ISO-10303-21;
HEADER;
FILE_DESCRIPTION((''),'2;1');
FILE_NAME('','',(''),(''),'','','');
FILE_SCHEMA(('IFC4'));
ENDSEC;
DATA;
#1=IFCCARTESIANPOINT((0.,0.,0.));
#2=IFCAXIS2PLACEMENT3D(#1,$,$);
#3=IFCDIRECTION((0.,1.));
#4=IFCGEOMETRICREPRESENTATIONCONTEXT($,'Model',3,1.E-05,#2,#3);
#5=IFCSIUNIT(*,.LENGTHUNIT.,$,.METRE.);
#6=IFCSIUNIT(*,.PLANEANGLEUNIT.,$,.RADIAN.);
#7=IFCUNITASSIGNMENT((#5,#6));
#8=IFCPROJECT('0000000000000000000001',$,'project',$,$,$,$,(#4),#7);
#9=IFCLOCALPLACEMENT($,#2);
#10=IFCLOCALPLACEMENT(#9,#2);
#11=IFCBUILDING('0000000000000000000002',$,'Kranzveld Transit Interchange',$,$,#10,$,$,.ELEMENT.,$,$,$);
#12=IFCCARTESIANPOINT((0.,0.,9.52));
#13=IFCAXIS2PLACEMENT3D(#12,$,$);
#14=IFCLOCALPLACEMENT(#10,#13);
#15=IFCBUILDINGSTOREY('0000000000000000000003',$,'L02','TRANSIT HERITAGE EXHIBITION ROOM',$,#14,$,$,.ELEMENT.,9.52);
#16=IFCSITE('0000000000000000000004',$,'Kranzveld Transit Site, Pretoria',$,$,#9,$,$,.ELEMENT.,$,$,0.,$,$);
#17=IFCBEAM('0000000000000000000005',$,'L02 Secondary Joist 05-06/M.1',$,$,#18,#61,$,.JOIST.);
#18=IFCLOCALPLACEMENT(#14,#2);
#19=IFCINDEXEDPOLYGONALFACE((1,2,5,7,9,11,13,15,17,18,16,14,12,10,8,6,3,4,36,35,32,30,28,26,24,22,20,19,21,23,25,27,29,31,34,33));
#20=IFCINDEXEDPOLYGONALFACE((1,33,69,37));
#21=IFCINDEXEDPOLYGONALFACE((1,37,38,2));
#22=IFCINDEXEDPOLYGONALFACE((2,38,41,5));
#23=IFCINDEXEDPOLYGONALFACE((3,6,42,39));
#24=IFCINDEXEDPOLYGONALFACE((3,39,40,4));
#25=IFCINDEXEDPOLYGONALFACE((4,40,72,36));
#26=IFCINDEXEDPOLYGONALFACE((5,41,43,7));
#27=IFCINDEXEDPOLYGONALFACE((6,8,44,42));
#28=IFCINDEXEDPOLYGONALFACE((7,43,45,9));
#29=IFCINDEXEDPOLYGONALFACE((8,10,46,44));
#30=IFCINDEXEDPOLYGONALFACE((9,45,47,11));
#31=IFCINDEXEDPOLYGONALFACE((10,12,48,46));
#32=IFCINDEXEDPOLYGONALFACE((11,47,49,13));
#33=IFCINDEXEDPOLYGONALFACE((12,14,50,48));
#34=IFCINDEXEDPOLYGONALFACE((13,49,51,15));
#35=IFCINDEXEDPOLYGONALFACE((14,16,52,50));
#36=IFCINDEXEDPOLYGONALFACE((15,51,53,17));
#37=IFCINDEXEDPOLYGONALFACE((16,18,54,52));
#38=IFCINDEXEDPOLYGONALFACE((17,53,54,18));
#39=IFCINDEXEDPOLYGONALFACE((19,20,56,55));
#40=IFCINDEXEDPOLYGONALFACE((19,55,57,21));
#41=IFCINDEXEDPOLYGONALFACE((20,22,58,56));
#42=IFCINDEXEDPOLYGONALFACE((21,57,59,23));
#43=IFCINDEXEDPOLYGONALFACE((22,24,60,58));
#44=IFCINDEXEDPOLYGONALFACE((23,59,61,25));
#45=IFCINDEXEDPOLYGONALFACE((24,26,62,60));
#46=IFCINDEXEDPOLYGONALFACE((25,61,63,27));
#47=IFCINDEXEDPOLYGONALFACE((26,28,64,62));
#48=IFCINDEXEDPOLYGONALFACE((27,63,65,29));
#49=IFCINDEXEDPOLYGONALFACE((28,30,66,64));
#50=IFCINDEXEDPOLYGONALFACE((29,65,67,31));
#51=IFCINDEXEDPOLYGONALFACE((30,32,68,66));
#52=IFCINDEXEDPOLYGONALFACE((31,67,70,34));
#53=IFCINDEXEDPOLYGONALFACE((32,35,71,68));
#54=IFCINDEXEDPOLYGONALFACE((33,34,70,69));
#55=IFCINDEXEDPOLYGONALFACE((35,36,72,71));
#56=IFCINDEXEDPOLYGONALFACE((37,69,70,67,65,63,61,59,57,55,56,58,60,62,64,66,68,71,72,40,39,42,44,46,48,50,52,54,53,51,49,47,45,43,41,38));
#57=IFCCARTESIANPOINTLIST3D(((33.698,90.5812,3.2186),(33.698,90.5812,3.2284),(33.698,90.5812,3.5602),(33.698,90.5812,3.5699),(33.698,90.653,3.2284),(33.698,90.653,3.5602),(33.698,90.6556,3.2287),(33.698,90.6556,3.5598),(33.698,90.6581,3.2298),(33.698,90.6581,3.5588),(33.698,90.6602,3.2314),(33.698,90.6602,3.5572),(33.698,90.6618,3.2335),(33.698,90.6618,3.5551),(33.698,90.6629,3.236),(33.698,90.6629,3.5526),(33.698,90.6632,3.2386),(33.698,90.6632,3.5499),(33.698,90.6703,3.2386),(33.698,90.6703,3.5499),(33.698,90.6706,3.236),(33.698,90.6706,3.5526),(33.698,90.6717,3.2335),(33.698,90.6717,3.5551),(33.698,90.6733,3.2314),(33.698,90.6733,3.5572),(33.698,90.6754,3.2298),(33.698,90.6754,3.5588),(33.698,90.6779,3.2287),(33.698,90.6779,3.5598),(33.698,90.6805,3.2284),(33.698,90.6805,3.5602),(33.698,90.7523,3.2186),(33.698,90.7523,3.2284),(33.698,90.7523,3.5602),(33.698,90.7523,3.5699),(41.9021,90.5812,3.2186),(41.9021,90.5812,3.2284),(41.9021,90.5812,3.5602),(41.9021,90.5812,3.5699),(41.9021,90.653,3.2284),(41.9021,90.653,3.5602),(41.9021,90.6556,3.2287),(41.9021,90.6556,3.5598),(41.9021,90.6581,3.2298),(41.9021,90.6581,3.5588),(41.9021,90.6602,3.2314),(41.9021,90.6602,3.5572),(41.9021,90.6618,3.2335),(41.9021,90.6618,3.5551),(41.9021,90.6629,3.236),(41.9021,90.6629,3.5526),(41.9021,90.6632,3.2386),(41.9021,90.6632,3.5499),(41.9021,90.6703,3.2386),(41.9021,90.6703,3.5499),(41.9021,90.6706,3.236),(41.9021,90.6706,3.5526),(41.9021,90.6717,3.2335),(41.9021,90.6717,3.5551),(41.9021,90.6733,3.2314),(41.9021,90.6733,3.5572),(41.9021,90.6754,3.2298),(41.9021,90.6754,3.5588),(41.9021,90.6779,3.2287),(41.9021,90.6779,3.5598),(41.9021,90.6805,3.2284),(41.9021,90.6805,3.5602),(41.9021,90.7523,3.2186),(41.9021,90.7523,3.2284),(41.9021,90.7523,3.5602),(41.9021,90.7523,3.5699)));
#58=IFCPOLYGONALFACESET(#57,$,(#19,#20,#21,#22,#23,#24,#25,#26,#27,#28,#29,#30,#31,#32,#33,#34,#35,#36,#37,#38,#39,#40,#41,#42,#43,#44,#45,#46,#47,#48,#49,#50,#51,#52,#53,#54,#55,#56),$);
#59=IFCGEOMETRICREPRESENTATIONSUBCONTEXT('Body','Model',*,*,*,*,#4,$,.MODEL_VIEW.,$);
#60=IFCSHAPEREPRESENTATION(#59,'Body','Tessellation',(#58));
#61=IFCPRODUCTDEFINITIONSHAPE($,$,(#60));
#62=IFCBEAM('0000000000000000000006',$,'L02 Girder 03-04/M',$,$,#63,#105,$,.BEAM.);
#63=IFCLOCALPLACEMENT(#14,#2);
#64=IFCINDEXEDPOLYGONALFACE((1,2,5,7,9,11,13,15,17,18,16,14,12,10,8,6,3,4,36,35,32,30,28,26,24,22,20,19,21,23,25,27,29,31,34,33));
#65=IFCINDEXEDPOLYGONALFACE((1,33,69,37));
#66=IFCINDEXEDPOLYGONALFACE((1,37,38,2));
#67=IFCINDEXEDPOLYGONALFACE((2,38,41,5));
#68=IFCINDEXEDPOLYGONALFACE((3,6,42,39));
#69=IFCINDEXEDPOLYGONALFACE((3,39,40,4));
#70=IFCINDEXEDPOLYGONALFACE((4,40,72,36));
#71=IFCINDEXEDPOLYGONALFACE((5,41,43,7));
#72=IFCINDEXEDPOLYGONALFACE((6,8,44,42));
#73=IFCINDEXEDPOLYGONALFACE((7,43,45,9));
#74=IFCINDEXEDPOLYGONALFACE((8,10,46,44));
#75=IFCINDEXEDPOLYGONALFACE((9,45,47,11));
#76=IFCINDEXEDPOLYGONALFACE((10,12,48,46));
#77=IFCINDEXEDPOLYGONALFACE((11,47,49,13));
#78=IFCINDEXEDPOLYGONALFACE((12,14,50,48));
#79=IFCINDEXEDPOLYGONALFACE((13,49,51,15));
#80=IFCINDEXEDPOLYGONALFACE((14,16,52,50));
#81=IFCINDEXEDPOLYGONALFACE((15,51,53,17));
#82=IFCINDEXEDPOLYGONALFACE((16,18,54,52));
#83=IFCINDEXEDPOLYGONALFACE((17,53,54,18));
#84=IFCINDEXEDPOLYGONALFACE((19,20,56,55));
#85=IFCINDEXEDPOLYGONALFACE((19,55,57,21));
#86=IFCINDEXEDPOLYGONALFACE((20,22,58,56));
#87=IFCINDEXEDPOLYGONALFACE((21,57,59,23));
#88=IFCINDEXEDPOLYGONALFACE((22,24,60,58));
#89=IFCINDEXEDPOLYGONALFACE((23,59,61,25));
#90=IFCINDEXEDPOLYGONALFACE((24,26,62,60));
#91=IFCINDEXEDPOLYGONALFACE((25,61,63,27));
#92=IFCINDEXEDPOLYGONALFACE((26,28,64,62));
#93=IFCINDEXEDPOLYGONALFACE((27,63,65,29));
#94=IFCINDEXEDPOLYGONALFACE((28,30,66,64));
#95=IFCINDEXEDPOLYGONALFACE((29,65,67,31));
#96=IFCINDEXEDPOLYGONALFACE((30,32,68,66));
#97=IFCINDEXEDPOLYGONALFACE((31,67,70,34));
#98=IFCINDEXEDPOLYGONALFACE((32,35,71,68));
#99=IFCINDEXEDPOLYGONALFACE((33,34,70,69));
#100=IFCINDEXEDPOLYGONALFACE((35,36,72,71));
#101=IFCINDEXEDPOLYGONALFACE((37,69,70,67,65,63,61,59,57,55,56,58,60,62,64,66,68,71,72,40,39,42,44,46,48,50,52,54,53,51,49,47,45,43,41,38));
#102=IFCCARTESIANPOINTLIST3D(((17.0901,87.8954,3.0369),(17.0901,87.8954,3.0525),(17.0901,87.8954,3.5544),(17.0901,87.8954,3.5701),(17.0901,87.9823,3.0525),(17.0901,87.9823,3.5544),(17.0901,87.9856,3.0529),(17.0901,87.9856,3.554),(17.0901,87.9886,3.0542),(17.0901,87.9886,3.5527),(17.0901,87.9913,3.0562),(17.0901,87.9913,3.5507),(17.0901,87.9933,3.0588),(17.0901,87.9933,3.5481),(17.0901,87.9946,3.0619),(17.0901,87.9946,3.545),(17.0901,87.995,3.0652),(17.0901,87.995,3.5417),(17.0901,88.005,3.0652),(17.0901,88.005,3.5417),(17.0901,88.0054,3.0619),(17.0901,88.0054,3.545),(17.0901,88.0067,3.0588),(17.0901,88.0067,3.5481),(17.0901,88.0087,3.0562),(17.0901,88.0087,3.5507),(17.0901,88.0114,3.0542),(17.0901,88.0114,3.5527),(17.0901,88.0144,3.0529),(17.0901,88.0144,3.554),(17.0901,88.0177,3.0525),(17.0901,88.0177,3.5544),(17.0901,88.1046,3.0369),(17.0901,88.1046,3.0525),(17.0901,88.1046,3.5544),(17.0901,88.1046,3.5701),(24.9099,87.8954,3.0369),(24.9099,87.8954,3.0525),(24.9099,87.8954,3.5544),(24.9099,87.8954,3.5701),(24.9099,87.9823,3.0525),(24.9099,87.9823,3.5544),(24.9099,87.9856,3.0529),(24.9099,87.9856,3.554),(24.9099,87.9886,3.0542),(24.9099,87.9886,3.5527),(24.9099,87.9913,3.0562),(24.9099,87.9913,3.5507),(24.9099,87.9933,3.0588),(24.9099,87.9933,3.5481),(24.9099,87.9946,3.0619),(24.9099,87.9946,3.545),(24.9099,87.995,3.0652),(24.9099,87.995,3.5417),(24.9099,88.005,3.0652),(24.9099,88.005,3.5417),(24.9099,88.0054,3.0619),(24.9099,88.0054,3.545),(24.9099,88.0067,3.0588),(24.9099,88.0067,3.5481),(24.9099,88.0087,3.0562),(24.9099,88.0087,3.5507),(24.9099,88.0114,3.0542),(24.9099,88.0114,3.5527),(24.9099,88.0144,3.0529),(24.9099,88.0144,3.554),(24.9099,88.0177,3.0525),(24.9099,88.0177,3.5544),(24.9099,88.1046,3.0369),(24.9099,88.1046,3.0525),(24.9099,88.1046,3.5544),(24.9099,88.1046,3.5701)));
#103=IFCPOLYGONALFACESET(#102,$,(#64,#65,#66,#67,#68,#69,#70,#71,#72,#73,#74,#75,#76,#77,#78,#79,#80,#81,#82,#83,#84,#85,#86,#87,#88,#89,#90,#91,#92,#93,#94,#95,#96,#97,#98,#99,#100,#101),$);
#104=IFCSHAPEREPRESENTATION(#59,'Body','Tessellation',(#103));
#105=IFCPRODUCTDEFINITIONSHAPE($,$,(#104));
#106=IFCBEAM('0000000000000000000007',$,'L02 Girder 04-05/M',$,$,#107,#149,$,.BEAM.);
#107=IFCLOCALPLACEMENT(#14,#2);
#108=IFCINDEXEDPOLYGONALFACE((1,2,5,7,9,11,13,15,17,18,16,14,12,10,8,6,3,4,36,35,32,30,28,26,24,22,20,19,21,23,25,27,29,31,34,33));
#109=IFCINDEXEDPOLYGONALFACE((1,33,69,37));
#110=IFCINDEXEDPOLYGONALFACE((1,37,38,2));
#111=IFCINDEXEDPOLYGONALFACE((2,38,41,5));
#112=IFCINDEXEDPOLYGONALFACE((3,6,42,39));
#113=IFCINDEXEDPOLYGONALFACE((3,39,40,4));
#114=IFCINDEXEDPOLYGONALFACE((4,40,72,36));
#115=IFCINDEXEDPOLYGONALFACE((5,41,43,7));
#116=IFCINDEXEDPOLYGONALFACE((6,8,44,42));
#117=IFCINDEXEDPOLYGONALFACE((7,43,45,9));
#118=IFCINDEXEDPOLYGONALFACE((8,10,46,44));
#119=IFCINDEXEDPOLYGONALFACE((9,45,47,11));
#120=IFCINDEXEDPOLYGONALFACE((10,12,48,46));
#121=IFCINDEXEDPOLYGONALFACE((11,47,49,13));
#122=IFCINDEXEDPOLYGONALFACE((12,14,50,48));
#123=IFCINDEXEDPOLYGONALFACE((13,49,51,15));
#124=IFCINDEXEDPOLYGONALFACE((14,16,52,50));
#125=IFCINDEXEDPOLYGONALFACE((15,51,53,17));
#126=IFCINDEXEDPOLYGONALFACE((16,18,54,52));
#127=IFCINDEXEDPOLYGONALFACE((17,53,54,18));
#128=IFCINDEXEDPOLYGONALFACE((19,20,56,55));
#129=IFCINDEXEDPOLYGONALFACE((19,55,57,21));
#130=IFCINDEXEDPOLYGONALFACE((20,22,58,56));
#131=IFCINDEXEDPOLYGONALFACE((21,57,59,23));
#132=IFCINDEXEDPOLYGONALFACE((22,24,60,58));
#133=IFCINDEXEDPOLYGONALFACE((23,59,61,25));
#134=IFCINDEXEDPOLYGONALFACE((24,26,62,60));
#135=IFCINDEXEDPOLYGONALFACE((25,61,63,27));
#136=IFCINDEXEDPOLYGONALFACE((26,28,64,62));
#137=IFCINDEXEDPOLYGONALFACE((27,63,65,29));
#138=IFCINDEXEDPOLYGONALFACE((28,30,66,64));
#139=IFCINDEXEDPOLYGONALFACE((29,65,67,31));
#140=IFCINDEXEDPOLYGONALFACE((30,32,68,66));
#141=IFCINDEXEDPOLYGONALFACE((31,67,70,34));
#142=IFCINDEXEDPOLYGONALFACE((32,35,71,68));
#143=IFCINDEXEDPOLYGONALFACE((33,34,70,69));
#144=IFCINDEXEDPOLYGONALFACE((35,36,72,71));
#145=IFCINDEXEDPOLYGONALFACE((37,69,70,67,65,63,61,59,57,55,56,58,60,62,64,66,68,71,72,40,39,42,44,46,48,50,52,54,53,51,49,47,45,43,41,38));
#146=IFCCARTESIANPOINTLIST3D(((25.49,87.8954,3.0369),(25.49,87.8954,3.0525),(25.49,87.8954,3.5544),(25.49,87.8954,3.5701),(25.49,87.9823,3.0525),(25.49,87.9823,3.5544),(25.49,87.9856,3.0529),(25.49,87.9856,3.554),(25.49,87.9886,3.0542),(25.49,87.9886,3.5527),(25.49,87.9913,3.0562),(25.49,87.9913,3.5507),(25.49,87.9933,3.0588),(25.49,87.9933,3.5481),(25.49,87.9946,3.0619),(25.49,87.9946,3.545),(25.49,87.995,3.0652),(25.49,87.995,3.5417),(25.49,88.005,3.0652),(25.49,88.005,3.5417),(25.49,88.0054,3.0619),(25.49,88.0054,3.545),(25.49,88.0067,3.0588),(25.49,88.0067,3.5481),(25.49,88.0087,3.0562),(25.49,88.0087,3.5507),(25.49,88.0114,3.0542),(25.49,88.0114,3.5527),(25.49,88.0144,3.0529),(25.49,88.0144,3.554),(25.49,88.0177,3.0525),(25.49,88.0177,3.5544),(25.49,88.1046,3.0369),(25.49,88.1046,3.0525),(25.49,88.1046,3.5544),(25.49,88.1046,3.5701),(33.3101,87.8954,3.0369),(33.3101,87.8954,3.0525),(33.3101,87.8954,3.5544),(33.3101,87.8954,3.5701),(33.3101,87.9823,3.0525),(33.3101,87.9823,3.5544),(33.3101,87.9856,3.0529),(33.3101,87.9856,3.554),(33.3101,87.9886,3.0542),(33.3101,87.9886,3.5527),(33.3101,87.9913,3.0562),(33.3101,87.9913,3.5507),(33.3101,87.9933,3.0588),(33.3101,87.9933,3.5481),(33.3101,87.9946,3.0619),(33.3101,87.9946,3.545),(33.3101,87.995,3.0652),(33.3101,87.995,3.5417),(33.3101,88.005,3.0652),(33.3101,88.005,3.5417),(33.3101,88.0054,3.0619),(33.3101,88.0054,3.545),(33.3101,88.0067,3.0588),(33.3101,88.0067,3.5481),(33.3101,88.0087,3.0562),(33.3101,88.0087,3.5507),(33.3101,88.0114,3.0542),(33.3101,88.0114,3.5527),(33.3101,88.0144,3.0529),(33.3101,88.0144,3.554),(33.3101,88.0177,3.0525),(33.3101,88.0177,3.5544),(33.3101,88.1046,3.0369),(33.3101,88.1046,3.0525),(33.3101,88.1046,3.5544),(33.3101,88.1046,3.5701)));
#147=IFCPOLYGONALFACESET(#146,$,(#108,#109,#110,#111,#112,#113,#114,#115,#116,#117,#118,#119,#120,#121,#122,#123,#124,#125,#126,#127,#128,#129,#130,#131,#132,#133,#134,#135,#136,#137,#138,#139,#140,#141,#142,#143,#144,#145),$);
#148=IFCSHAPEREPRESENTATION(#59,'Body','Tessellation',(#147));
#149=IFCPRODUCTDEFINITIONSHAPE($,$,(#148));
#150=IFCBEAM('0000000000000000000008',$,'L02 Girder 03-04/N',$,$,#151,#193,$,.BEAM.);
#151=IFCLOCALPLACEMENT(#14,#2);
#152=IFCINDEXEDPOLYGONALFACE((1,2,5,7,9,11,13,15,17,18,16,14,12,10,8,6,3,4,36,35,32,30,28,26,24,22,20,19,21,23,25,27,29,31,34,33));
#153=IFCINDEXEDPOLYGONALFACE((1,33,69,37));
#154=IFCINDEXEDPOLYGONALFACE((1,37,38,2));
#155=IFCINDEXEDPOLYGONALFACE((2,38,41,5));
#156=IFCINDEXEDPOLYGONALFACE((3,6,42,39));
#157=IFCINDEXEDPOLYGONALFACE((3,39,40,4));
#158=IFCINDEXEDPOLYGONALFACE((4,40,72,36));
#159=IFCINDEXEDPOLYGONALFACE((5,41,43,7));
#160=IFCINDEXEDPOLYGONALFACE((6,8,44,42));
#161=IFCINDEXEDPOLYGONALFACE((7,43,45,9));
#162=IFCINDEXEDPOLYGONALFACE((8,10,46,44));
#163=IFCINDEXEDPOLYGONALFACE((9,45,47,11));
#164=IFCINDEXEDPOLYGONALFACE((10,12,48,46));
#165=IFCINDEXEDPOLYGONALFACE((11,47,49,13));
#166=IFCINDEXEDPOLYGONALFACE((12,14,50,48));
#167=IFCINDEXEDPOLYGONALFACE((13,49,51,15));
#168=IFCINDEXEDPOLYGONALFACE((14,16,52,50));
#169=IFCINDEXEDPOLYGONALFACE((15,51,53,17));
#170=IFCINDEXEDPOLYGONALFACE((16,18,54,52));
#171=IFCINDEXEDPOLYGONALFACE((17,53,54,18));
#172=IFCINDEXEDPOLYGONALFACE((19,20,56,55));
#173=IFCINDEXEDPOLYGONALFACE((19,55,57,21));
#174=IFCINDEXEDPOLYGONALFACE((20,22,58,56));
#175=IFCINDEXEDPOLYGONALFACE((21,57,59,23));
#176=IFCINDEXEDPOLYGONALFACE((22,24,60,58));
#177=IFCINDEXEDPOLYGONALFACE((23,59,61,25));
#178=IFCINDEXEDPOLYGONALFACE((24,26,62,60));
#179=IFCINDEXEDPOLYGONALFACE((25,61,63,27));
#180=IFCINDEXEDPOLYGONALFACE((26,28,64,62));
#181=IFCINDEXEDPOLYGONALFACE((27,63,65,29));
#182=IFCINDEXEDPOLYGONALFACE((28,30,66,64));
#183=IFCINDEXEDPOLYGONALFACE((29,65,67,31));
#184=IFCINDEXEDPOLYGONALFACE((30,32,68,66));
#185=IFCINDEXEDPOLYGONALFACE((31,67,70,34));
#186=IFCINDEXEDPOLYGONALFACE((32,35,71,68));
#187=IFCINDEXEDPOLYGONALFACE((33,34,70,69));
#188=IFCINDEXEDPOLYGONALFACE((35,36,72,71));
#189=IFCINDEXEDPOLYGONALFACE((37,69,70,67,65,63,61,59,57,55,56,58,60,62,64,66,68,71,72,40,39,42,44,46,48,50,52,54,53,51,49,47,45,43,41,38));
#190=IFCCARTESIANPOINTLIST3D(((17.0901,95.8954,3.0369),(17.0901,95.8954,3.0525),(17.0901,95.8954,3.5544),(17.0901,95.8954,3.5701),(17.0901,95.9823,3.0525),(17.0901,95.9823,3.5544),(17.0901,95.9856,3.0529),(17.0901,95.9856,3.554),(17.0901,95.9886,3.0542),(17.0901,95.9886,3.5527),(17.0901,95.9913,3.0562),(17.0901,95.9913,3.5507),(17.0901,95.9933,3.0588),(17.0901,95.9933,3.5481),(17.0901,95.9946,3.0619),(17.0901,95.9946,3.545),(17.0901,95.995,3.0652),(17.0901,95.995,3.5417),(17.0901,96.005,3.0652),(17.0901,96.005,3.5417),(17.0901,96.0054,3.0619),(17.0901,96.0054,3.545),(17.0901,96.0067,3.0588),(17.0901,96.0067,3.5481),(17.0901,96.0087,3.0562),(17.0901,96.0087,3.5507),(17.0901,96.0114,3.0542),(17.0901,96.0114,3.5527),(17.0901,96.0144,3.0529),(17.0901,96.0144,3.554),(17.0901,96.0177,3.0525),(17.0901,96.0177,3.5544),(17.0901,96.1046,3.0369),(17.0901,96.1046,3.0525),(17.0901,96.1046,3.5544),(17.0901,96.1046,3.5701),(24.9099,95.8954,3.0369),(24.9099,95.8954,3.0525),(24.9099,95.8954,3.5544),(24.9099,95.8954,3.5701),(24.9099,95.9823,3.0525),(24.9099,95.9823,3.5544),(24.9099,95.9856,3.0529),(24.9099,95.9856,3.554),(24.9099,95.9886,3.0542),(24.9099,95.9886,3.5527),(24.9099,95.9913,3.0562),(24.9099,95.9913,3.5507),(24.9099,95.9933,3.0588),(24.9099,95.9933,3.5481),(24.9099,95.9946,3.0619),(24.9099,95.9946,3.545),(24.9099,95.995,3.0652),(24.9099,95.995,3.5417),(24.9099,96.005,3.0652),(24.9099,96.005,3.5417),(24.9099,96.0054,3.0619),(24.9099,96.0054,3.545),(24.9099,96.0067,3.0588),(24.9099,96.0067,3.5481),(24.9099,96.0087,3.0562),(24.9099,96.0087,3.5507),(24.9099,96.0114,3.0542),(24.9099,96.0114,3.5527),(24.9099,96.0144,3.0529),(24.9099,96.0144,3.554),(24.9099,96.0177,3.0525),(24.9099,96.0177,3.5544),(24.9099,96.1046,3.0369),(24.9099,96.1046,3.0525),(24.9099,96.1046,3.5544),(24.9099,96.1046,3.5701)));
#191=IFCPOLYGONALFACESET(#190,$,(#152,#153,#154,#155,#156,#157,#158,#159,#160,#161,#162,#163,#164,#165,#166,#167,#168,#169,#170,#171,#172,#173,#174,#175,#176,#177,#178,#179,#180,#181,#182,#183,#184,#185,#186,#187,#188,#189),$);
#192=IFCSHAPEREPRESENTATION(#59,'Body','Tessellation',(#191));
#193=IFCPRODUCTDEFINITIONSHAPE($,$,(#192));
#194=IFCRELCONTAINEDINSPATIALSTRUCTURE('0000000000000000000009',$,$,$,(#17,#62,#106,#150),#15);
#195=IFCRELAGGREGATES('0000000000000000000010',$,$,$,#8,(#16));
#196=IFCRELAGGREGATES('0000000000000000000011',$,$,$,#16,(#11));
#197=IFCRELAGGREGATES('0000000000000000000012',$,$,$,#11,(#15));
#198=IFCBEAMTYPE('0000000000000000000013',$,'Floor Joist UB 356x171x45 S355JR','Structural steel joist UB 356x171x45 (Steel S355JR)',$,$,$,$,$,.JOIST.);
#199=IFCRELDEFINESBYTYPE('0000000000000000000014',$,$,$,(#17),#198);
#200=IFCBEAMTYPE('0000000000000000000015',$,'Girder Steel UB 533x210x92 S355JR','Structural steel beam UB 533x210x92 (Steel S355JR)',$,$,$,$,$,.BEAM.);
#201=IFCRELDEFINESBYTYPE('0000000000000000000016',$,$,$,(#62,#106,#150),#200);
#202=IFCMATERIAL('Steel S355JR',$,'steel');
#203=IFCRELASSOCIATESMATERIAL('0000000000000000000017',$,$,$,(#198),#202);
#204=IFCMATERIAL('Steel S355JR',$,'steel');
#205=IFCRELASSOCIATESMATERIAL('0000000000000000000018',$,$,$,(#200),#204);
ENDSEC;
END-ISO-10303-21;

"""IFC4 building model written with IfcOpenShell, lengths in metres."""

from ifc_helpers import new_model, si_unit, direction, frame, origin, origin_2d, place, context, subcontext, project, spatial, i_section, extrude, material, material_profile, profile_set, type_object, element, save


model = new_model("IFC4")

# Units and contexts
model_context = context("Model", 3, precision=1e-05, world=origin(), true_north=direction((0.0, 1.0)))
body_context = subcontext(model_context, "Body", "Model", "MODEL_VIEW")
ifc_project = project(units=[si_unit("LENGTHUNIT", "METRE"), si_unit("PLANEANGLEUNIT", "RADIAN")], contexts=[model_context])

# Site, building, storey
site_placement = place(None, origin())
site = spatial("IfcSite", under=ifc_project, at=site_placement, Name="Kranzveld Transit Site, Pretoria", CompositionType="ELEMENT", RefElevation=0.0)
building_placement = place(site_placement, origin())
building = spatial("IfcBuilding", under=site, at=building_placement, Name="Kranzveld Transit Interchange", CompositionType="ELEMENT")
storey_placement = place(building_placement, frame((0.0, 0.0, 9.52)))
storey = spatial("IfcBuildingStorey", under=building, at=storey_placement, Name="L02", Description="TRANSIT HERITAGE EXHIBITION ROOM", CompositionType="ELEMENT", Elevation=9.52)

# Beams
ifc_material_1 = material(Name="Steel S355JR", Category="steel")
ifc_material_profile_1 = material_profile(ifc_material_1, i_section(OverallWidth=0.1711, OverallDepth=0.3513, WebThickness=0.0071, FlangeThickness=0.0098, FilletRadius=0.0103, at=origin_2d()), Name="UB 356x171x45")
ifc_profile_set_1 = profile_set([ifc_material_profile_1], Name="Steel S355JR")
beam_type_1 = type_object("IfcBeamType", Name="Floor Joist UB 356x171x45 S355JR", Description="Structural steel joist UB 356x171x45 (Steel S355JR)", PredefinedType="JOIST", material=ifc_profile_set_1)
for number, where, z_axis, x_axis, name in (
    (1, (33.698, 90.6667, 3.3943), (1.0, 0.0, 0.0), (0.0, 1.0, 0.0), "L02 Secondary Joist 05-06/M.1"),
):
    element("IfcBeam", number, at=place(storey_placement, frame(where, z_axis=z_axis, x_axis=x_axis)), inside=storey, type_object=beam_type_1, Name=name, PredefinedType="JOIST", context=body_context, shape_type="SweptSolid", body=[
        extrude(i_section(OverallWidth=0.1711, OverallDepth=0.3513, WebThickness=0.0071, FlangeThickness=0.0098, FilletRadius=0.0103, at=origin_2d()), origin(), (0.0, 0.0, 1.0), 8.2041),
    ])
ifc_material_2 = material(Name="Steel S355JR", Category="steel")
ifc_material_profile_2 = material_profile(ifc_material_2, i_section(OverallWidth=0.2092, OverallDepth=0.5332, WebThickness=0.01, FlangeThickness=0.0156, FilletRadius=0.0127, at=origin_2d()), Name="UB 533x210x92")
ifc_profile_set_2 = profile_set([ifc_material_profile_2], Name="Steel S355JR")
beam_type_2 = type_object("IfcBeamType", Name="Girder Steel UB 533x210x92 S355JR", Description="Structural steel beam UB 533x210x92 (Steel S355JR)", PredefinedType="BEAM", material=ifc_profile_set_2)
beam_1_placement = place(storey_placement, frame((17.0901, 88.0, 3.3035), z_axis=(1.0, 0.0, 0.0), x_axis=(0.0, 1.0, 0.0)))
element("IfcBeam", 2, at=beam_1_placement, inside=storey, type_object=beam_type_2, Name="L02 Girder 03-04/M", PredefinedType="BEAM", context=body_context, shape_type="SweptSolid", body=[
    extrude(i_section(OverallWidth=0.2092, OverallDepth=0.5332, WebThickness=0.01, FlangeThickness=0.0156, FilletRadius=0.0127, at=origin_2d()), origin(), (0.0, 0.0, 1.0), 7.8198),
])
beam_2_placement = place(storey_placement, frame((25.49, 88.0, 3.3035), z_axis=(1.0, 0.0, 0.0), x_axis=(0.0, 1.0, 0.0)))
element("IfcBeam", 3, at=beam_2_placement, inside=storey, type_object=beam_type_2, Name="L02 Girder 04-05/M", PredefinedType="BEAM", context=body_context, shape_type="SweptSolid", body=[
    extrude(i_section(OverallWidth=0.2092, OverallDepth=0.5332, WebThickness=0.01, FlangeThickness=0.0156, FilletRadius=0.0127, at=origin_2d()), origin(), (0.0, 0.0, 1.0), 7.8201),
])
beam_3_placement = place(storey_placement, frame((17.0901, 96.0, 3.3035), z_axis=(1.0, 0.0, 0.0), x_axis=(0.0, 1.0, 0.0)))
element("IfcBeam", 4, at=beam_3_placement, inside=storey, type_object=beam_type_2, Name="L02 Girder 03-04/N", PredefinedType="BEAM", context=body_context, shape_type="SweptSolid", body=[
    extrude(i_section(OverallWidth=0.2092, OverallDepth=0.5332, WebThickness=0.01, FlangeThickness=0.0156, FilletRadius=0.0127, at=origin_2d()), origin(), (0.0, 0.0, 1.0), 7.8198),
])

save(model, "model.ifc")
